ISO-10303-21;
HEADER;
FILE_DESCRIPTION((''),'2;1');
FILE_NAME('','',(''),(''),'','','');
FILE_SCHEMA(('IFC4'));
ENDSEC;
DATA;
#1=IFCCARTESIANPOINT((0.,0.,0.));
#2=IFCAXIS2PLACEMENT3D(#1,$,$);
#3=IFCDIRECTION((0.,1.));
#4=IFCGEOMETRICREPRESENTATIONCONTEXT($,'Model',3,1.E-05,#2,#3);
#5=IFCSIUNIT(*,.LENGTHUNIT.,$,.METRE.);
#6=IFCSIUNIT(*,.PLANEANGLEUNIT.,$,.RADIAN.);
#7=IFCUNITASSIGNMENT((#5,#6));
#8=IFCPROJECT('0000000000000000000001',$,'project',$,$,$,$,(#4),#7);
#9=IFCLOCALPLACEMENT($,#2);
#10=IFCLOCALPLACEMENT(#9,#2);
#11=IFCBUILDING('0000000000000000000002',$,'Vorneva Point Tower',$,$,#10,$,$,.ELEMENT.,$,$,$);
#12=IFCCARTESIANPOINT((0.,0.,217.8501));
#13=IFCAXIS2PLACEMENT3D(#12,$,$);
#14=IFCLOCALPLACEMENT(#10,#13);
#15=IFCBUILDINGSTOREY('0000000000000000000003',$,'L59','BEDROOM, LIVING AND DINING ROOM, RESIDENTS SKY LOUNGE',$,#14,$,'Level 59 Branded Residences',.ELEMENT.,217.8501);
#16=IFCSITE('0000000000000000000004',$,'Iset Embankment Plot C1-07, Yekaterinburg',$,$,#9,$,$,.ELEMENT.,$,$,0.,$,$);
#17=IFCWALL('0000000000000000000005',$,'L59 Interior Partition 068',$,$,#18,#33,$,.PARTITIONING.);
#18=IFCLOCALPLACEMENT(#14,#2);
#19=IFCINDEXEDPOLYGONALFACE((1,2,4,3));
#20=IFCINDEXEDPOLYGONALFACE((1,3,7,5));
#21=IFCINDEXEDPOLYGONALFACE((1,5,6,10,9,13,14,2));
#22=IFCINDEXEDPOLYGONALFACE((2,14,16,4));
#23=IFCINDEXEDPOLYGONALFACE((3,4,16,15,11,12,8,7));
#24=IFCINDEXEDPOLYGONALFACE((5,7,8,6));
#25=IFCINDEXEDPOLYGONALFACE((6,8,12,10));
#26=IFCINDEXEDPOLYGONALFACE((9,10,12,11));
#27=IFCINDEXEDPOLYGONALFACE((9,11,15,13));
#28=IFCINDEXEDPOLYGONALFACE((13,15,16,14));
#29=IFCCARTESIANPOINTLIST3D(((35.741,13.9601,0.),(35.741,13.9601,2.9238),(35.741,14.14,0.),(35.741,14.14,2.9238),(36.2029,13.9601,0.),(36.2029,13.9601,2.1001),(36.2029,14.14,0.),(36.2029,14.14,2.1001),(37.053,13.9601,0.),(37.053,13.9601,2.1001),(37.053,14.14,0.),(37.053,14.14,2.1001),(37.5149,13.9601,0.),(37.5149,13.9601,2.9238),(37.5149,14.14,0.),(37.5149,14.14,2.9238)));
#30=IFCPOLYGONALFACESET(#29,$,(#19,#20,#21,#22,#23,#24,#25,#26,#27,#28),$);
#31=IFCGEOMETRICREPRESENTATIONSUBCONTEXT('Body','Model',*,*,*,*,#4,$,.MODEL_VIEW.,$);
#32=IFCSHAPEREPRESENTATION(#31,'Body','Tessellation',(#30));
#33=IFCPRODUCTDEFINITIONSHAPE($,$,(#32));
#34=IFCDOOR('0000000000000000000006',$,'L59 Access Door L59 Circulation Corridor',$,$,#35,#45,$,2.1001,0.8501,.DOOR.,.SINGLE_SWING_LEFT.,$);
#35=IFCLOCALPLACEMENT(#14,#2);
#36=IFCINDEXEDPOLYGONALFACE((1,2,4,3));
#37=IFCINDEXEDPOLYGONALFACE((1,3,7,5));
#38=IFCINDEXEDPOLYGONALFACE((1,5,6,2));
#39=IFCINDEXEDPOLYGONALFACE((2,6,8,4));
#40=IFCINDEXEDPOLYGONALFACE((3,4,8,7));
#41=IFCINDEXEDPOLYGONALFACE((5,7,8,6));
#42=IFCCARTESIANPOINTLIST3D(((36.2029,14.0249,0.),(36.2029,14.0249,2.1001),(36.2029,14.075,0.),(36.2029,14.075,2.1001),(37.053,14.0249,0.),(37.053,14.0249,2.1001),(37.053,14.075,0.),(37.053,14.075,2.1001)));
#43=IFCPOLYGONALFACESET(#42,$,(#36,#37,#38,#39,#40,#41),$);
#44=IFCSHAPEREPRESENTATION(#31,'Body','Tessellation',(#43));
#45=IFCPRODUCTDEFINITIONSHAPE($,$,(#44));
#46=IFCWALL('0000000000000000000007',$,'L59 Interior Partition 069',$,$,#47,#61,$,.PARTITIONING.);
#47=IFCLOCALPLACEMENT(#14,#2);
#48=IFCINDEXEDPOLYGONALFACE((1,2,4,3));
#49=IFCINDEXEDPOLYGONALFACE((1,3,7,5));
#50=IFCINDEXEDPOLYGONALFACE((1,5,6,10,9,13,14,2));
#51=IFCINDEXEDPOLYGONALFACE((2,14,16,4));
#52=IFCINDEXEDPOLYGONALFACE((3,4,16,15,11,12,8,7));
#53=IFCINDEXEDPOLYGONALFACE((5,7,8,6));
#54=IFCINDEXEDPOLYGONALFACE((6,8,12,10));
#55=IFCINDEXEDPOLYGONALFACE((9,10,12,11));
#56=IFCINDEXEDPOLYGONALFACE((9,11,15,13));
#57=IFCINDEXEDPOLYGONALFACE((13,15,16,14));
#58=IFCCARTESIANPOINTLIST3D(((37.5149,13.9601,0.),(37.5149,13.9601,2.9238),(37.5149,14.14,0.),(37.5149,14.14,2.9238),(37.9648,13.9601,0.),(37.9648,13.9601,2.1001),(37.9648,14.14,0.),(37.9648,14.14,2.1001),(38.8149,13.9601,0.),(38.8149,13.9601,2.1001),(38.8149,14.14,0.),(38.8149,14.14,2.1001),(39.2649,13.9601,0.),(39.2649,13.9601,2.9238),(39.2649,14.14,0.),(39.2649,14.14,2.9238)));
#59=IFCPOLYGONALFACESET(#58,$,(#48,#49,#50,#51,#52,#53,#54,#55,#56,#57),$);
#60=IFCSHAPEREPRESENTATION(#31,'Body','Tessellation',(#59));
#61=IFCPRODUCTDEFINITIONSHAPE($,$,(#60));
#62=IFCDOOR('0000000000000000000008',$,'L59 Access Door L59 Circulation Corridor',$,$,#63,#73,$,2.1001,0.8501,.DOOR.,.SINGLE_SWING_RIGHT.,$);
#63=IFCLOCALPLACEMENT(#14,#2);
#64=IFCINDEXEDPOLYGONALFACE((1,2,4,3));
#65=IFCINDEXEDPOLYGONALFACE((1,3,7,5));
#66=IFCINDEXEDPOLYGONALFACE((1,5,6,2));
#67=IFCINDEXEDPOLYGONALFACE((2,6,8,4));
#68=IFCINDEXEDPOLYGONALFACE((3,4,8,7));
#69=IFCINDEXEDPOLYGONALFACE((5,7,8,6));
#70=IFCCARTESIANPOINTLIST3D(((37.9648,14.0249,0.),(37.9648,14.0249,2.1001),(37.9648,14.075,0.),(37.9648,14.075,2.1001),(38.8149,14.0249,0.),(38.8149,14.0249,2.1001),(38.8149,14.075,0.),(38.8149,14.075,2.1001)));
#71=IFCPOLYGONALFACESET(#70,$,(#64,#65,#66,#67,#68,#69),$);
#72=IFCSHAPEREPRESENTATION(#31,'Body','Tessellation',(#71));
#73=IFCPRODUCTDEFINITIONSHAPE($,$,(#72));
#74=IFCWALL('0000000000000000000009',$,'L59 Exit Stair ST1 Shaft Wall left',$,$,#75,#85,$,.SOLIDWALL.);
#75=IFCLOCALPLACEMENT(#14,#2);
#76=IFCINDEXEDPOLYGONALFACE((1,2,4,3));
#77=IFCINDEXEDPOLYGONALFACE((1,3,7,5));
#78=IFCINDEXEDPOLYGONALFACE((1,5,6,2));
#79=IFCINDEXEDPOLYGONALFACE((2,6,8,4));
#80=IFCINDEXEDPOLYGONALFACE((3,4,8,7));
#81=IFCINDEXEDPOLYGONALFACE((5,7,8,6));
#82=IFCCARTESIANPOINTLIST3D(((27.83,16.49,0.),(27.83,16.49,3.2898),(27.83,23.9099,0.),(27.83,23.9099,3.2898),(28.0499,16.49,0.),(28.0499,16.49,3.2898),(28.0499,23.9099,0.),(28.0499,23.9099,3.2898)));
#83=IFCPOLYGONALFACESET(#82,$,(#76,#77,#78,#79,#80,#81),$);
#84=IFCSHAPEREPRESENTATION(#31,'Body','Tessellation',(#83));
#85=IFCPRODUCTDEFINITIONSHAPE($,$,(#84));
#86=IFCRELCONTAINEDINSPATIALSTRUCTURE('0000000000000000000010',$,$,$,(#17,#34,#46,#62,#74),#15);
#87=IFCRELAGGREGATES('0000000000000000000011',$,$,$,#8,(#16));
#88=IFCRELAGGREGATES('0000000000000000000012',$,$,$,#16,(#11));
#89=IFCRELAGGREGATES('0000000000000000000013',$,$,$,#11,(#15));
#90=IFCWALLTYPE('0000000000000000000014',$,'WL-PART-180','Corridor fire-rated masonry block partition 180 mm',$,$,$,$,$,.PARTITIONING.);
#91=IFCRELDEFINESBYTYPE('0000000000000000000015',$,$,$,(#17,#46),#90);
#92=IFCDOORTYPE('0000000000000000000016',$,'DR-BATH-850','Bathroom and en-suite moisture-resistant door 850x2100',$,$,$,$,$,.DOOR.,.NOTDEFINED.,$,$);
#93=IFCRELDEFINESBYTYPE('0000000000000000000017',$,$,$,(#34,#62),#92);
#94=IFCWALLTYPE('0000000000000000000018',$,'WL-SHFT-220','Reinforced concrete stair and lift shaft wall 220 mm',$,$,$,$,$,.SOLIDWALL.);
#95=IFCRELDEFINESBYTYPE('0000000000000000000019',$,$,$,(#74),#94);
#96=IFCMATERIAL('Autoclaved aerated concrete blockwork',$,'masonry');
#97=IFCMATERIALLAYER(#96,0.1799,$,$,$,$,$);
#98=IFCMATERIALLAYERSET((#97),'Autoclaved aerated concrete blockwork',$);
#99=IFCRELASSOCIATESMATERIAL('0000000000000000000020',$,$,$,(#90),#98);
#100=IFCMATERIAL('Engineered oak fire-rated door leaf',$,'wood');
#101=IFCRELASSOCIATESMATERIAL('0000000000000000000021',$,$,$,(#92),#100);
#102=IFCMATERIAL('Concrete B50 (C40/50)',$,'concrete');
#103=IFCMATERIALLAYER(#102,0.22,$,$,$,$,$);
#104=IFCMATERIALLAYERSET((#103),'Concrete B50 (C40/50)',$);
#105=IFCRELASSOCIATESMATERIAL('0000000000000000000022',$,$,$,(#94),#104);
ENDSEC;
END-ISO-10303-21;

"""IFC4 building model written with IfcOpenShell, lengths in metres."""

from ifc_helpers import new_model, si_unit, direction, frame, frame_2d, origin, place, context, subcontext, project, spatial, rectangle, extrude, material, layer, layer_set, type_object, element, fill, save


model = new_model("IFC4")

# Units and contexts
model_context = context("Model", 3, precision=1e-05, world=origin(), true_north=direction((0.0, 1.0)))
body_context = subcontext(model_context, "Body", "Model", "MODEL_VIEW")
ifc_project = project(units=[si_unit("LENGTHUNIT", "METRE"), si_unit("PLANEANGLEUNIT", "RADIAN")], contexts=[model_context])

# Site, building, storey
site_placement = place(None, origin())
site = spatial("IfcSite", under=ifc_project, at=site_placement, Name="Iset Embankment Plot C1-07, Yekaterinburg", CompositionType="ELEMENT", RefElevation=0.0)
building_placement = place(site_placement, origin())
building = spatial("IfcBuilding", under=site, at=building_placement, Name="Vorneva Point Tower", CompositionType="ELEMENT")
storey_placement = place(building_placement, frame((0.0, 0.0, 217.8501)))
storey = spatial("IfcBuildingStorey", under=building, at=storey_placement, Name="L59", Description="BEDROOM, LIVING AND DINING ROOM, RESIDENTS SKY LOUNGE", LongName="Level 59 Branded Residences", CompositionType="ELEMENT", Elevation=217.8501)

# Shared definitions
ifc_material_1 = material(Name="Concrete B50 (C40/50)", Category="concrete")

# Shared definitions
ifc_material_2 = material(Name="Autoclaved aerated concrete blockwork", Category="masonry")
ifc_layer_1 = layer(ifc_material_2, 0.1799)
ifc_layer_set_1 = layer_set([ifc_layer_1], Name="Autoclaved aerated concrete blockwork")
wall_type_1 = type_object("IfcWallType", Name="WL-PART-180", Description="Corridor fire-rated masonry block partition 180 mm", PredefinedType="PARTITIONING", material=ifc_layer_set_1)
ifc_material_3 = material(Name="Engineered oak fire-rated door leaf", Category="wood")
door_type_1 = type_object("IfcDoorType", Name="DR-BATH-850", Description="Bathroom and en-suite moisture-resistant door 850x2100", OperationType="NOTDEFINED", PredefinedType="DOOR", material=ifc_material_3)

# Walls, openings, doors
wall_1_placement = place(storey_placement, frame((35.741, 14.05, 0.0), z_axis=(0.0, 0.0, 1.0), x_axis=(1.0, 0.0, 0.0)))
wall_1 = element("IfcWall", 1, at=wall_1_placement, inside=storey, type_object=wall_type_1, Name="L59 Interior Partition 068", PredefinedType="PARTITIONING", context=body_context, shape_type="SweptSolid", body=[
    extrude(rectangle(XDim=1.7739, YDim=0.1799, at=frame_2d((0.887, 0.0))), origin(), (0.0, 0.0, 1.0), 2.9238),
])
opening_1_placement = place(wall_1_placement, frame((0.4619, 0.0, 0.0)))
opening_1 = element("IfcOpeningElement", 2, at=opening_1_placement, cuts=wall_1, PredefinedType="OPENING", context=body_context, shape_type="SweptSolid", body=[
    extrude(rectangle(XDim=0.8501, YDim=2.1001, at=frame_2d((0.425, 1.05))), frame((0.0, 0.105, 0.0), z_axis=(0.0, -1.0, 0.0), x_axis=(1.0, 0.0, 0.0)), (0.0, 0.0, 1.0), 0.2097),
])
door_1_placement = place(opening_1_placement, origin())
door_1 = element("IfcDoor", 3, at=door_1_placement, inside=storey, type_object=door_type_1, Name="L59 Access Door L59 Circulation Corridor", OperationType="SINGLE_SWING_LEFT", OverallHeight=2.1001, OverallWidth=0.8501, PredefinedType="DOOR", context=body_context, shape_type="SweptSolid", body=[
    extrude(rectangle(XDim=0.8501, YDim=2.1001, at=frame_2d((0.425, 1.05))), frame((0.0, 0.0249, 0.0), z_axis=(0.0, -1.0, 0.0), x_axis=(1.0, 0.0, 0.0)), (0.0, 0.0, 1.0), 0.05),
])
fill(opening_1, door_1)
wall_2_placement = place(storey_placement, frame((37.5149, 14.05, 0.0), z_axis=(0.0, 0.0, 1.0), x_axis=(1.0, 0.0, 0.0)))
wall_2 = element("IfcWall", 4, at=wall_2_placement, inside=storey, type_object=wall_type_1, Name="L59 Interior Partition 069", PredefinedType="PARTITIONING", context=body_context, shape_type="SweptSolid", body=[
    extrude(rectangle(XDim=1.75, YDim=0.1799, at=frame_2d((0.875, 0.0))), origin(), (0.0, 0.0, 1.0), 2.9238),
])
opening_2_placement = place(wall_2_placement, frame((0.45, 0.0, 0.0)))
opening_2 = element("IfcOpeningElement", 5, at=opening_2_placement, cuts=wall_2, PredefinedType="OPENING", context=body_context, shape_type="SweptSolid", body=[
    extrude(rectangle(XDim=0.8501, YDim=2.1001, at=frame_2d((0.425, 1.05))), frame((0.0, 0.105, 0.0), z_axis=(0.0, -1.0, 0.0), x_axis=(1.0, 0.0, 0.0)), (0.0, 0.0, 1.0), 0.2097),
])
door_2_placement = place(opening_2_placement, origin())
door_2 = element("IfcDoor", 6, at=door_2_placement, inside=storey, type_object=door_type_1, Name="L59 Access Door L59 Circulation Corridor", OperationType="SINGLE_SWING_RIGHT", OverallHeight=2.1001, OverallWidth=0.8501, PredefinedType="DOOR", context=body_context, shape_type="SweptSolid", body=[
    extrude(rectangle(XDim=0.8501, YDim=2.1001, at=frame_2d((0.425, 1.05))), frame((0.0, 0.0249, 0.0), z_axis=(0.0, -1.0, 0.0), x_axis=(1.0, 0.0, 0.0)), (0.0, 0.0, 1.0), 0.05),
])
fill(opening_2, door_2)

# Wall
ifc_layer_2 = layer(ifc_material_1, 0.22)
ifc_layer_set_2 = layer_set([ifc_layer_2], Name="Concrete B50 (C40/50)")
wall_type_2 = type_object("IfcWallType", Name="WL-SHFT-220", Description="Reinforced concrete stair and lift shaft wall 220 mm", PredefinedType="SOLIDWALL", material=ifc_layer_set_2)
wall_3_placement = place(storey_placement, frame((27.9399, 16.49, 0.0), z_axis=(0.0, 0.0, 1.0), x_axis=(0.0, 1.0, 0.0)))
element("IfcWall", 7, at=wall_3_placement, inside=storey, type_object=wall_type_2, Name="L59 Exit Stair ST1 Shaft Wall left", PredefinedType="SOLIDWALL", context=body_context, shape_type="SweptSolid", body=[
    extrude(rectangle(XDim=7.4199, YDim=0.22, at=frame_2d((3.71, 0.0))), origin(), (0.0, 0.0, 1.0), 3.2898),
])

save(model, "model.ifc")
